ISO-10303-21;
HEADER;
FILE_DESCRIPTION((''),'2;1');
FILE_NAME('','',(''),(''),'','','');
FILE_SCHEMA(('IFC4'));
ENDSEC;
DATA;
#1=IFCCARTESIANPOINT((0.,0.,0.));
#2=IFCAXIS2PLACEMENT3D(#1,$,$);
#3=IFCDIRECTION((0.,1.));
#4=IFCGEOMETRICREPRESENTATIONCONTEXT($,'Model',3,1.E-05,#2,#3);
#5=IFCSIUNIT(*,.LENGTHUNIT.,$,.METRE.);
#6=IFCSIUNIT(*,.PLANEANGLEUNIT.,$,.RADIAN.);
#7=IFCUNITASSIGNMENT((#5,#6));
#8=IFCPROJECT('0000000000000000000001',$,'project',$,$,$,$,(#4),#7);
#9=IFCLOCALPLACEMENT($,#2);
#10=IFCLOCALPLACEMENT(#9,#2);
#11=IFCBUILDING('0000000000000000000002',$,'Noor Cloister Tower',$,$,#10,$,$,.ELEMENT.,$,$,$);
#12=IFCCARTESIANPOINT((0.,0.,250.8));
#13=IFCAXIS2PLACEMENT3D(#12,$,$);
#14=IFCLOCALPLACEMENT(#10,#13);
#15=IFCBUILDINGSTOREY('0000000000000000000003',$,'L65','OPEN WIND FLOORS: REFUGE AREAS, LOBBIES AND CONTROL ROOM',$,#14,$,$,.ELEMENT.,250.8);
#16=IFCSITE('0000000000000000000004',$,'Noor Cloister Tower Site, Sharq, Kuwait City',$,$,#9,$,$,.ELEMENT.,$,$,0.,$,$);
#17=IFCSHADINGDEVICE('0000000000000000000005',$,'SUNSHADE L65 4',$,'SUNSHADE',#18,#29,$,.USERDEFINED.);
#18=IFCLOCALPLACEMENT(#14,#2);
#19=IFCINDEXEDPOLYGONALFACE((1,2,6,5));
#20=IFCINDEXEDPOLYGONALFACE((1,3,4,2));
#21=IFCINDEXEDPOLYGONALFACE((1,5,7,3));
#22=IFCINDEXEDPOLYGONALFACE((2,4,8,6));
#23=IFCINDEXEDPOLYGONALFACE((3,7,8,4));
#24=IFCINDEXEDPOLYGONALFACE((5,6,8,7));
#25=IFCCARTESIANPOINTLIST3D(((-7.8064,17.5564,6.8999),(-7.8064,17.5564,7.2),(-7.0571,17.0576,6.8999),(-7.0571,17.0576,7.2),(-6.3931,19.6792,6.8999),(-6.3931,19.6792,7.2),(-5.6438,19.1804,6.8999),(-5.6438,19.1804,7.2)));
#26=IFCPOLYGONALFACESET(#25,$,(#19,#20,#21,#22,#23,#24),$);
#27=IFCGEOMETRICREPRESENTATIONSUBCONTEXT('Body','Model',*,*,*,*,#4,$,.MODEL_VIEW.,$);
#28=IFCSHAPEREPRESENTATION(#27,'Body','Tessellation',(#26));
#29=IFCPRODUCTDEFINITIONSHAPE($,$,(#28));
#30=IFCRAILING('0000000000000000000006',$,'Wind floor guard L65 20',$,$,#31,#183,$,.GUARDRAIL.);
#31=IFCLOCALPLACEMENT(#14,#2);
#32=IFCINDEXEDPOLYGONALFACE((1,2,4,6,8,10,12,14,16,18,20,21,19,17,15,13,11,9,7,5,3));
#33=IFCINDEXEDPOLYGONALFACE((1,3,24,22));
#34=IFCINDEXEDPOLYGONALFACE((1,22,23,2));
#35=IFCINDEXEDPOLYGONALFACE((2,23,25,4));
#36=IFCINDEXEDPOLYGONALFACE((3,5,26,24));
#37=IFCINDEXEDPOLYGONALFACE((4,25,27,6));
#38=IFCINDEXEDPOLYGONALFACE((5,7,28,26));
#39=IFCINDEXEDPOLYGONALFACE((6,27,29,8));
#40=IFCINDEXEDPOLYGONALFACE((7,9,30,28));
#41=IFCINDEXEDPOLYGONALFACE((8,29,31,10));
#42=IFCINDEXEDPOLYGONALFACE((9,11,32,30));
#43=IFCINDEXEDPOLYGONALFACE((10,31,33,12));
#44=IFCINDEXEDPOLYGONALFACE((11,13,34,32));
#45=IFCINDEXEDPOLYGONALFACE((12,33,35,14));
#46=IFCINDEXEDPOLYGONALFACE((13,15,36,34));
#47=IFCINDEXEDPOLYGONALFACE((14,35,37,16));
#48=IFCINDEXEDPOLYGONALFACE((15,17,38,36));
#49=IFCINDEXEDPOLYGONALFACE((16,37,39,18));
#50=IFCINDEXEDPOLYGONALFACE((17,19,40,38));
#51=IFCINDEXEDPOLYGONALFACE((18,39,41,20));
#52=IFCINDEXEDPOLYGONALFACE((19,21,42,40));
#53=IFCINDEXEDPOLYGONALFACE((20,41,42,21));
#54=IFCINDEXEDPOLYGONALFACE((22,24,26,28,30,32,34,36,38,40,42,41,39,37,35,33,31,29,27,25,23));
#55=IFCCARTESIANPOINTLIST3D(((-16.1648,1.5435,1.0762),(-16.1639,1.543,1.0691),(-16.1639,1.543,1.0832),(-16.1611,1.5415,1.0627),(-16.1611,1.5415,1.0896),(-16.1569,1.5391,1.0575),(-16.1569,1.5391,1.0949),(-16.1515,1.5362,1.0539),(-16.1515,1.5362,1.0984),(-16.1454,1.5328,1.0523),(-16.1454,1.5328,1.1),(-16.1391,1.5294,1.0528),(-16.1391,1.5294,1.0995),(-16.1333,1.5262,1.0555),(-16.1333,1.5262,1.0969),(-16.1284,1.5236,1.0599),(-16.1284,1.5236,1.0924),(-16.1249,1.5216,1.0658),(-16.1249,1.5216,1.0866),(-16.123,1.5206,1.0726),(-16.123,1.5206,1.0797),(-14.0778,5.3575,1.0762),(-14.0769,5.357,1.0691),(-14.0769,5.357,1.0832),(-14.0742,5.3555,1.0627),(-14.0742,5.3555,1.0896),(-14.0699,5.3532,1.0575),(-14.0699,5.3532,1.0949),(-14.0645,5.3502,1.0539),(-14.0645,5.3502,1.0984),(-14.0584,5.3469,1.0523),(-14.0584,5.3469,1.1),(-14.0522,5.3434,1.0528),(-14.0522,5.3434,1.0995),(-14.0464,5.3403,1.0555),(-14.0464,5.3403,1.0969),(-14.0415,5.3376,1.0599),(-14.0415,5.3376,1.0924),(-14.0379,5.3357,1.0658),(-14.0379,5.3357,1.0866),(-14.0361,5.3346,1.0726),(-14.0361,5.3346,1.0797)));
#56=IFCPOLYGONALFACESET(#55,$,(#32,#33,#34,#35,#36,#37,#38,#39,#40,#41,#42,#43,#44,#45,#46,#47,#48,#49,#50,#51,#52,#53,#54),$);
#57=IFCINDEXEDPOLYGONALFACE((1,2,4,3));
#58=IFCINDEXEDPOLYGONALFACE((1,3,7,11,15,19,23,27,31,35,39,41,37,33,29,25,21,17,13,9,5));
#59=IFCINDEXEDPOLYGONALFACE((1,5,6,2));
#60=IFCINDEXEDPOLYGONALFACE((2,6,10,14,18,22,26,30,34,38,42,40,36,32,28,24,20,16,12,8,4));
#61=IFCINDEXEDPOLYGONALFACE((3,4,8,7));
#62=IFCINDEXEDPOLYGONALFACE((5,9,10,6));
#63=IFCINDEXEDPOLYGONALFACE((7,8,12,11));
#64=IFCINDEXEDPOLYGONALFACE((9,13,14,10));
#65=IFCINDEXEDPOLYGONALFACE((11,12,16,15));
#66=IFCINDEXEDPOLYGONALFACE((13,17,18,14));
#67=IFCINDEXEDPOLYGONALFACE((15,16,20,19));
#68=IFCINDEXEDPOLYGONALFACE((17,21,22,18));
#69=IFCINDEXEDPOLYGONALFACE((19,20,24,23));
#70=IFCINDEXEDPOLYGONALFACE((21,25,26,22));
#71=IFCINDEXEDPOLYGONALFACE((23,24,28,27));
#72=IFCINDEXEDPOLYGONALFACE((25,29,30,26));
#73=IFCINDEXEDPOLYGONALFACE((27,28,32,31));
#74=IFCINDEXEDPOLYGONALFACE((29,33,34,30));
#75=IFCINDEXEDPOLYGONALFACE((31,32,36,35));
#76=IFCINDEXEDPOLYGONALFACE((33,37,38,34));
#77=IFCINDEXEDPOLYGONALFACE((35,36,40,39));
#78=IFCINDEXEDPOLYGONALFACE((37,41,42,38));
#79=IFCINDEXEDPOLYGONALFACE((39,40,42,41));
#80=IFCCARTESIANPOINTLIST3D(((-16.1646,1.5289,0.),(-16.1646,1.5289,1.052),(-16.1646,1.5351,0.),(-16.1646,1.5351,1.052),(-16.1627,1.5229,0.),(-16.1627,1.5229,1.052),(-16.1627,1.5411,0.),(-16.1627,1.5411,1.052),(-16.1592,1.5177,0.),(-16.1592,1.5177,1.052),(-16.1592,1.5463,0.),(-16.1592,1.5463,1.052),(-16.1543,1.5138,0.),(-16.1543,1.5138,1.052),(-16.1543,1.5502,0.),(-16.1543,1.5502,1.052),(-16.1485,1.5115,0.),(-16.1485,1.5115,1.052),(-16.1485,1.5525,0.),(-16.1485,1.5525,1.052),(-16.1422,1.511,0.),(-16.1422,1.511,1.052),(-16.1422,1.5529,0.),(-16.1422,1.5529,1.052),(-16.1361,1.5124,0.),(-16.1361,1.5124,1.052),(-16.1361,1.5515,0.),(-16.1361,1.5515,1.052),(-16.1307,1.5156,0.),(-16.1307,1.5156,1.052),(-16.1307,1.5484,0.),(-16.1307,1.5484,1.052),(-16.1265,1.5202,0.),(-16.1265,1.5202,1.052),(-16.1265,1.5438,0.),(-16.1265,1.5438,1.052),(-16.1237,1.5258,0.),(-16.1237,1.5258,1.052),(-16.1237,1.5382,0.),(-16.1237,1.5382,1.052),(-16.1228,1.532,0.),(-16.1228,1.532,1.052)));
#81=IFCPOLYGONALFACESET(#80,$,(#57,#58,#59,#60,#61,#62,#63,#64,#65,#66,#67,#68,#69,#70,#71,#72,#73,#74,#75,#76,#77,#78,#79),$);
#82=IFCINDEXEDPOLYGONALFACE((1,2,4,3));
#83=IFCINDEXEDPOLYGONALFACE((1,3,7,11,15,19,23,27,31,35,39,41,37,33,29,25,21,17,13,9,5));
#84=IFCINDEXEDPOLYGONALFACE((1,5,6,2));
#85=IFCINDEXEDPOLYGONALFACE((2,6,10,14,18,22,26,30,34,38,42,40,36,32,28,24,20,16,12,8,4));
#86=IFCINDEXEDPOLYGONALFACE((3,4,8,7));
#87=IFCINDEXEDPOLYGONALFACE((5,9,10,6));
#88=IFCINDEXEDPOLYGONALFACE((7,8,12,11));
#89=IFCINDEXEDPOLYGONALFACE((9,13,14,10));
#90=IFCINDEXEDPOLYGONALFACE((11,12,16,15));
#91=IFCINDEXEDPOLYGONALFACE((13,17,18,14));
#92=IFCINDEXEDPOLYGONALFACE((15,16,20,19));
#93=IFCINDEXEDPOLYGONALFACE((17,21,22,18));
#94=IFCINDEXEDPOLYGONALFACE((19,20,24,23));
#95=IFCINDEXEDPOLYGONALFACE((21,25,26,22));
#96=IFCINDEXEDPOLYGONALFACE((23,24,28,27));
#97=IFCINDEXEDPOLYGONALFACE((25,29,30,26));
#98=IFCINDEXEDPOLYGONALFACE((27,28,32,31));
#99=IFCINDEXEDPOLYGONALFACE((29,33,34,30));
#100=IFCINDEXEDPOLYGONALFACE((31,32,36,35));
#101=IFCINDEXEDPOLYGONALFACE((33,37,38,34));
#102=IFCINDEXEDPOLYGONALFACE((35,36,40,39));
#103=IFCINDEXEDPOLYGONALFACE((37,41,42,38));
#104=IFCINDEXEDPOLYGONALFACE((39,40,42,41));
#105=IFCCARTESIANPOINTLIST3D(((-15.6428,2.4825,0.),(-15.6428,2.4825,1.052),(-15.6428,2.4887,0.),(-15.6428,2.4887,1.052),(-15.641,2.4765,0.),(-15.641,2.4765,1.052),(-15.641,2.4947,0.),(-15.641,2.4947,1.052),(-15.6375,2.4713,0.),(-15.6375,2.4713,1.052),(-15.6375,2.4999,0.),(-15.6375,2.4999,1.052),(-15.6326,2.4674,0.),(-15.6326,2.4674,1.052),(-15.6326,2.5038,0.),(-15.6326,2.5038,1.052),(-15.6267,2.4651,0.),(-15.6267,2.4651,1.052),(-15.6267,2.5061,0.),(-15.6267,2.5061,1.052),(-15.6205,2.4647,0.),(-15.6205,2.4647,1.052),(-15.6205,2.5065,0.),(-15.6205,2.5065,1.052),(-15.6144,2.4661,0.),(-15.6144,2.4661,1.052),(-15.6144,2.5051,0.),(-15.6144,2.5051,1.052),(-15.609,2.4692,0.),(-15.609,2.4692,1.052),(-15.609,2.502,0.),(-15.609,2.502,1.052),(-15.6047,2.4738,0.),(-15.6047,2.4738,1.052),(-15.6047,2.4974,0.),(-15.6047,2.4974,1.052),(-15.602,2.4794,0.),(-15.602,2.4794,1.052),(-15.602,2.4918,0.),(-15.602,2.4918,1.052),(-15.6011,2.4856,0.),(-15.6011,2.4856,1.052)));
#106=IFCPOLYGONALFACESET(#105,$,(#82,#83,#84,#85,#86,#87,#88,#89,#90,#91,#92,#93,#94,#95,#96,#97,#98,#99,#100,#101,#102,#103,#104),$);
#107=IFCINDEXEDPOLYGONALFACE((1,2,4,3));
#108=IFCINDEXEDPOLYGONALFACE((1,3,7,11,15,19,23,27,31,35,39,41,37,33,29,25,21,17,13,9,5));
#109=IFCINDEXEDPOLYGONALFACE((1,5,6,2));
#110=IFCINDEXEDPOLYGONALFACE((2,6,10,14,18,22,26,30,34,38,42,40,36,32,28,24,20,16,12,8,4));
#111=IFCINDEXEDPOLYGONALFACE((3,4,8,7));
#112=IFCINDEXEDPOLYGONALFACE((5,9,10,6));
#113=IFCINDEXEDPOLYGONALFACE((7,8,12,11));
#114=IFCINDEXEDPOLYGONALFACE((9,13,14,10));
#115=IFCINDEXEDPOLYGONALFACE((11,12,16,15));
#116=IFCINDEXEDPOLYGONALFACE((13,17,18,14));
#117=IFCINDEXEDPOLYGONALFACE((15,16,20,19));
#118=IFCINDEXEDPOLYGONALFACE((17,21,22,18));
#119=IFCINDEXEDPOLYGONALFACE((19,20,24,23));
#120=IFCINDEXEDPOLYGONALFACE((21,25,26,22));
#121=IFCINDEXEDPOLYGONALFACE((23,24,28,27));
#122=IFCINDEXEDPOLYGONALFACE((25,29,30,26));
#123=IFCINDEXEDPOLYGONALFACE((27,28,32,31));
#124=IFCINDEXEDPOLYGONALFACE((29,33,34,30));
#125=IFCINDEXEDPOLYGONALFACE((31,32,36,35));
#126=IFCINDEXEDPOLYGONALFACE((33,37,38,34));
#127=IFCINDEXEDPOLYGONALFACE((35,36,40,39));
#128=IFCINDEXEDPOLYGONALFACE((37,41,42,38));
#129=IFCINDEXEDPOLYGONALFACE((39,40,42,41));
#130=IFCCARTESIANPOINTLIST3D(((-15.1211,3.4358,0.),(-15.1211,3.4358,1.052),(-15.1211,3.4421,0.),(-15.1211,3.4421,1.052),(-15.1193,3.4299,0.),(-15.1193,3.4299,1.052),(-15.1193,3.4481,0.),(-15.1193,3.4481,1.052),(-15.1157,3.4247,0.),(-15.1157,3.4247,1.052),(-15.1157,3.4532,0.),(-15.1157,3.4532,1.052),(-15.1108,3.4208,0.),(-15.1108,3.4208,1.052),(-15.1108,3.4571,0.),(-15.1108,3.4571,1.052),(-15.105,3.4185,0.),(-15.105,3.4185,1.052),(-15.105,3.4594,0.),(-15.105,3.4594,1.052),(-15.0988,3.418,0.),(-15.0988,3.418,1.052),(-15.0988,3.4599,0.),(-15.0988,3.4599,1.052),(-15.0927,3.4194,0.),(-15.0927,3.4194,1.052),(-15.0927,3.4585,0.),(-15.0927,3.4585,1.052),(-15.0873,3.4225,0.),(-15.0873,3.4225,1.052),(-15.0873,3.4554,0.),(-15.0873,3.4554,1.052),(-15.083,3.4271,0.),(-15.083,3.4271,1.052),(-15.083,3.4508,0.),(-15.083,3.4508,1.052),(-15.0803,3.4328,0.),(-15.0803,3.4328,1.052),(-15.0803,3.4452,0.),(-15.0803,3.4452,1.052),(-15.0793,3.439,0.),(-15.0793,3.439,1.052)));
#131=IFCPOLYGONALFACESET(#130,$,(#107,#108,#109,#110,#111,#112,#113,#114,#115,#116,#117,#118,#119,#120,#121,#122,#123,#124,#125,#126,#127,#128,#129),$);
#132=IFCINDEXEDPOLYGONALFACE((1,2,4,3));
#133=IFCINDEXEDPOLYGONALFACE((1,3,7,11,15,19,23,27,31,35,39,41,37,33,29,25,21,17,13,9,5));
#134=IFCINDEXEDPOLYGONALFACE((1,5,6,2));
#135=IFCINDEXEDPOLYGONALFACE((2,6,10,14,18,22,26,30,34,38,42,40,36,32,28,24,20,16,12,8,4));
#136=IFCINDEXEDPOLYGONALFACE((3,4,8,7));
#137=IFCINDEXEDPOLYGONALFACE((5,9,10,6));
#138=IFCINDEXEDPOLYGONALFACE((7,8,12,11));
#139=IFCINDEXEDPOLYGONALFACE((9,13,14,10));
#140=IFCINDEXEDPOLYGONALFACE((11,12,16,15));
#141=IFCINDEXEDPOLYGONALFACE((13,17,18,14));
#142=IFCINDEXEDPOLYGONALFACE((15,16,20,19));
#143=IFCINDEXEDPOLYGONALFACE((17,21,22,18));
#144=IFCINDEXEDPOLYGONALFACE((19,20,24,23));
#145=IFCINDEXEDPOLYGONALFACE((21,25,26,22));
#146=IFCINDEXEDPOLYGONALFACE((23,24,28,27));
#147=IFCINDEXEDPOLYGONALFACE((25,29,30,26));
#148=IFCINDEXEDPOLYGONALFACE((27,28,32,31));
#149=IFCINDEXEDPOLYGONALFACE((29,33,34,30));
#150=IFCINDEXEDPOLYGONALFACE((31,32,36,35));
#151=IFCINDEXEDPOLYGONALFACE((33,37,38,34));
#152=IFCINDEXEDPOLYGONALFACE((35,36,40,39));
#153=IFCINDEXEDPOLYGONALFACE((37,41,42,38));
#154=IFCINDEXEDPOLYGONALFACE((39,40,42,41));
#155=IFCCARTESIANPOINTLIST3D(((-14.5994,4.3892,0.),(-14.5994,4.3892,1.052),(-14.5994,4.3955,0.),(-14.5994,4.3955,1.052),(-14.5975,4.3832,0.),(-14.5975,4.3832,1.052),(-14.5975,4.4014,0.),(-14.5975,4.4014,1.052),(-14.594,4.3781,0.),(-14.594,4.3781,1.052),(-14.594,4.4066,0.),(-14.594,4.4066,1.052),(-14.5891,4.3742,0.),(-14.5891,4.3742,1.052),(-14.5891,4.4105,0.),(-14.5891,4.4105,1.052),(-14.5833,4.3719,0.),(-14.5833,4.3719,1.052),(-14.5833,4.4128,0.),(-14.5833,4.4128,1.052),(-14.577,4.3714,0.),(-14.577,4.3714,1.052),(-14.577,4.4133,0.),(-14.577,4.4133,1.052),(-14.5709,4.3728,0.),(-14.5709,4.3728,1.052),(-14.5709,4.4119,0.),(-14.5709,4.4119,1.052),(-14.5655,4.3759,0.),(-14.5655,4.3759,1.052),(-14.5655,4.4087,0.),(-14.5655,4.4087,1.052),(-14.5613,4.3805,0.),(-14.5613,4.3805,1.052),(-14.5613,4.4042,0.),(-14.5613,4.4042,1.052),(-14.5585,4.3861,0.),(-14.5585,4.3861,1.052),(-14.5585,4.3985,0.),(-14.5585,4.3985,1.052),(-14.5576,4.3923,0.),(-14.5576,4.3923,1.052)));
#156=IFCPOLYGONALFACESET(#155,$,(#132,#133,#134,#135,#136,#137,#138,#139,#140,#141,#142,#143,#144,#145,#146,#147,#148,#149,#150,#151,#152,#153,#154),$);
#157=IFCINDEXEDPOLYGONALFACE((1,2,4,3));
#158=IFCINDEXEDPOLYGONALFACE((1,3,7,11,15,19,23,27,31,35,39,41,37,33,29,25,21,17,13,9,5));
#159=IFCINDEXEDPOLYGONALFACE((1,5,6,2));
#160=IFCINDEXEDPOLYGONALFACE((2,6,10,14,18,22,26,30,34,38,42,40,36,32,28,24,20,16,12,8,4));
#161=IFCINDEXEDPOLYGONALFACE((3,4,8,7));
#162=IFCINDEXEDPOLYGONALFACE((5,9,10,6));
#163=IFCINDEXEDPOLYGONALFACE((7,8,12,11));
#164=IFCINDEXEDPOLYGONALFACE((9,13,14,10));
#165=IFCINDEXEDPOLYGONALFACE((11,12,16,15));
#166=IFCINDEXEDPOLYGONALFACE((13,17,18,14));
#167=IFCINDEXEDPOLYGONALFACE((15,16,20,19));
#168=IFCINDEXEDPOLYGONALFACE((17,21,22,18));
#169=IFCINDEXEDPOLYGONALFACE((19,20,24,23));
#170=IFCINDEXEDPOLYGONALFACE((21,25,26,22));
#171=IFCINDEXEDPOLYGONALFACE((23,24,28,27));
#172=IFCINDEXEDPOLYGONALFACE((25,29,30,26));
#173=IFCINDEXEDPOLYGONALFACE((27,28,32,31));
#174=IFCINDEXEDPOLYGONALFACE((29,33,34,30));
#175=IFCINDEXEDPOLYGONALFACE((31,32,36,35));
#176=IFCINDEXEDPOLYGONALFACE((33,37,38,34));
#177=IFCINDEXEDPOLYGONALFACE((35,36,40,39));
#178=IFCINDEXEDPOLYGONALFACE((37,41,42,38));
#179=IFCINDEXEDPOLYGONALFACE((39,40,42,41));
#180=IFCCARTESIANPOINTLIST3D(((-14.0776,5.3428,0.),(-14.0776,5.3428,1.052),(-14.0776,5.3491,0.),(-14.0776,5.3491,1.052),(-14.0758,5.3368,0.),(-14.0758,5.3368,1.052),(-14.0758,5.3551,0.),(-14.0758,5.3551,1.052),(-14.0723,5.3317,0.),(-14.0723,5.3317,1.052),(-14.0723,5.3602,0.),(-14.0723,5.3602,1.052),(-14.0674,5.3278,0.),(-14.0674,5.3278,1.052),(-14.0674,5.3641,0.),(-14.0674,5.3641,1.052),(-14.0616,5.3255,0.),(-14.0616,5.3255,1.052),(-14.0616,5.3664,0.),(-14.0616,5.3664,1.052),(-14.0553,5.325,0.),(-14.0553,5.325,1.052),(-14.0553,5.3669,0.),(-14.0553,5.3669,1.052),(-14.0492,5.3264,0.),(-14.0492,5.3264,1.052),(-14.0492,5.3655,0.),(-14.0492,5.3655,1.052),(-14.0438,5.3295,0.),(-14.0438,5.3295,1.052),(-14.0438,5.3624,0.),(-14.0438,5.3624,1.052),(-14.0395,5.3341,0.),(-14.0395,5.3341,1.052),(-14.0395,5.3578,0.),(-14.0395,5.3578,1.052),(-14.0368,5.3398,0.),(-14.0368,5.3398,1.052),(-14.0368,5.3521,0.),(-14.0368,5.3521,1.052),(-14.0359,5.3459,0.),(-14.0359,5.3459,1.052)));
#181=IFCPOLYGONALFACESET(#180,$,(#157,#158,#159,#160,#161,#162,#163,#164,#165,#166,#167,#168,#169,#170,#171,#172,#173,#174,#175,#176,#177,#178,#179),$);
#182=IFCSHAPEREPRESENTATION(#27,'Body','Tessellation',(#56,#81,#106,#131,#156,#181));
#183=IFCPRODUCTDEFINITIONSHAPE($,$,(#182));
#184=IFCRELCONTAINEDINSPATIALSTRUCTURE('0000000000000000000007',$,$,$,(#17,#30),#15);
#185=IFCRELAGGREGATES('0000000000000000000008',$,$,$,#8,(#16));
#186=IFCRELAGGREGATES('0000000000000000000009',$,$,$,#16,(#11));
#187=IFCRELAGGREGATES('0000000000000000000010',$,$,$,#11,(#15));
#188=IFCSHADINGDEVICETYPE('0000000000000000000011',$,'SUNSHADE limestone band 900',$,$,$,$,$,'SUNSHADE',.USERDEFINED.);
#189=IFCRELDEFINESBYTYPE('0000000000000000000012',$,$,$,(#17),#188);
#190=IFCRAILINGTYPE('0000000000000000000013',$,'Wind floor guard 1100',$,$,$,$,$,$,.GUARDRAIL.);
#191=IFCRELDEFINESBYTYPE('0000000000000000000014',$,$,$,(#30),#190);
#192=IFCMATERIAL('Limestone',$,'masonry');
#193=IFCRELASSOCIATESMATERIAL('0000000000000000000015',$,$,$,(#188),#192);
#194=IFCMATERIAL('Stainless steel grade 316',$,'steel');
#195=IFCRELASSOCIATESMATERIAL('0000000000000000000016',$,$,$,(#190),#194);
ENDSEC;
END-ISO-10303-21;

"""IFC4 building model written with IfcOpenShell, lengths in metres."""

from ifc_helpers import new_model, si_unit, direction, frame, origin, origin_2d, place, context, subcontext, project, spatial, polyline, circle, outline, extrude, material, type_object, element, save


model = new_model("IFC4")

# Units and contexts
model_context = context("Model", 3, precision=1e-05, world=origin(), true_north=direction((0.0, 1.0)))
body_context = subcontext(model_context, "Body", "Model", "MODEL_VIEW")
ifc_project = project(units=[si_unit("LENGTHUNIT", "METRE"), si_unit("PLANEANGLEUNIT", "RADIAN")], contexts=[model_context])

# Site, building, storey
site_placement = place(None, origin())
site = spatial("IfcSite", under=ifc_project, at=site_placement, Name="Noor Cloister Tower Site, Sharq, Kuwait City", CompositionType="ELEMENT", RefElevation=0.0)
building_placement = place(site_placement, origin())
building = spatial("IfcBuilding", under=site, at=building_placement, Name="Noor Cloister Tower", CompositionType="ELEMENT")
storey_placement = place(building_placement, frame((0.0, 0.0, 250.8)))
storey = spatial("IfcBuildingStorey", under=building, at=storey_placement, Name="L65", Description="OPEN WIND FLOORS: REFUGE AREAS, LOBBIES AND CONTROL ROOM", CompositionType="ELEMENT", Elevation=250.8)

# Shading device
ifc_material_1 = material(Name="Limestone", Category="masonry")
shading_device_type = type_object("IfcShadingDeviceType", Name="SUNSHADE limestone band 900", ElementType="SUNSHADE", PredefinedType="USERDEFINED", material=ifc_material_1)
shading_device_1_placement = place(storey_placement, frame((0.0, 0.0, 6.8999)))
element("IfcShadingDevice", 1, at=shading_device_1_placement, inside=storey, type_object=shading_device_type, Name="SUNSHADE L65 4", ObjectType="SUNSHADE", PredefinedType="USERDEFINED", context=body_context, shape_type="SweptSolid", body=[
    extrude(outline(polyline([(-6.3931, 19.6792), (-7.8064, 17.5564), (-7.0571, 17.0576), (-5.6438, 19.1804), (-6.3931, 19.6792)])), origin(), (0.0, 0.0, 1.0), 0.3),
])

# Railing
ifc_material_2 = material(Name="Stainless steel grade 316", Category="steel")
railing_type = type_object("IfcRailingType", Name="Wind floor guard 1100", PredefinedType="GUARDRAIL", material=ifc_material_2)
railing_placement = place(storey_placement, frame((-16.1438, 1.532, 0.0)))
element("IfcRailing", 2, at=railing_placement, inside=storey, type_object=railing_type, Name="Wind floor guard L65 20", PredefinedType="GUARDRAIL", context=body_context, shape_type="SweptSolid", body=[
    extrude(circle(Radius=0.0239, at=origin_2d()), frame((0.0, 0.0, 1.0762), z_axis=(0.480016, 0.87726, 0.0), x_axis=(-0.87726, 0.480016, 0.0)), (0.0, 0.0, 1.0), 4.3477),
    extrude(circle(Radius=0.021, at=origin_2d()), origin(), (0.0, 0.0, 1.0), 1.052),
    extrude(circle(Radius=0.021, at=origin_2d()), frame((0.5217, 0.9536, 0.0)), (0.0, 0.0, 1.0), 1.052),
    extrude(circle(Radius=0.021, at=origin_2d()), frame((1.0435, 1.907, 0.0)), (0.0, 0.0, 1.0), 1.052),
    extrude(circle(Radius=0.021, at=origin_2d()), frame((1.5652, 2.8604, 0.0)), (0.0, 0.0, 1.0), 1.052),
    extrude(circle(Radius=0.021, at=origin_2d()), frame((2.0869, 3.814, 0.0)), (0.0, 0.0, 1.0), 1.052),
])

save(model, "model.ifc")
